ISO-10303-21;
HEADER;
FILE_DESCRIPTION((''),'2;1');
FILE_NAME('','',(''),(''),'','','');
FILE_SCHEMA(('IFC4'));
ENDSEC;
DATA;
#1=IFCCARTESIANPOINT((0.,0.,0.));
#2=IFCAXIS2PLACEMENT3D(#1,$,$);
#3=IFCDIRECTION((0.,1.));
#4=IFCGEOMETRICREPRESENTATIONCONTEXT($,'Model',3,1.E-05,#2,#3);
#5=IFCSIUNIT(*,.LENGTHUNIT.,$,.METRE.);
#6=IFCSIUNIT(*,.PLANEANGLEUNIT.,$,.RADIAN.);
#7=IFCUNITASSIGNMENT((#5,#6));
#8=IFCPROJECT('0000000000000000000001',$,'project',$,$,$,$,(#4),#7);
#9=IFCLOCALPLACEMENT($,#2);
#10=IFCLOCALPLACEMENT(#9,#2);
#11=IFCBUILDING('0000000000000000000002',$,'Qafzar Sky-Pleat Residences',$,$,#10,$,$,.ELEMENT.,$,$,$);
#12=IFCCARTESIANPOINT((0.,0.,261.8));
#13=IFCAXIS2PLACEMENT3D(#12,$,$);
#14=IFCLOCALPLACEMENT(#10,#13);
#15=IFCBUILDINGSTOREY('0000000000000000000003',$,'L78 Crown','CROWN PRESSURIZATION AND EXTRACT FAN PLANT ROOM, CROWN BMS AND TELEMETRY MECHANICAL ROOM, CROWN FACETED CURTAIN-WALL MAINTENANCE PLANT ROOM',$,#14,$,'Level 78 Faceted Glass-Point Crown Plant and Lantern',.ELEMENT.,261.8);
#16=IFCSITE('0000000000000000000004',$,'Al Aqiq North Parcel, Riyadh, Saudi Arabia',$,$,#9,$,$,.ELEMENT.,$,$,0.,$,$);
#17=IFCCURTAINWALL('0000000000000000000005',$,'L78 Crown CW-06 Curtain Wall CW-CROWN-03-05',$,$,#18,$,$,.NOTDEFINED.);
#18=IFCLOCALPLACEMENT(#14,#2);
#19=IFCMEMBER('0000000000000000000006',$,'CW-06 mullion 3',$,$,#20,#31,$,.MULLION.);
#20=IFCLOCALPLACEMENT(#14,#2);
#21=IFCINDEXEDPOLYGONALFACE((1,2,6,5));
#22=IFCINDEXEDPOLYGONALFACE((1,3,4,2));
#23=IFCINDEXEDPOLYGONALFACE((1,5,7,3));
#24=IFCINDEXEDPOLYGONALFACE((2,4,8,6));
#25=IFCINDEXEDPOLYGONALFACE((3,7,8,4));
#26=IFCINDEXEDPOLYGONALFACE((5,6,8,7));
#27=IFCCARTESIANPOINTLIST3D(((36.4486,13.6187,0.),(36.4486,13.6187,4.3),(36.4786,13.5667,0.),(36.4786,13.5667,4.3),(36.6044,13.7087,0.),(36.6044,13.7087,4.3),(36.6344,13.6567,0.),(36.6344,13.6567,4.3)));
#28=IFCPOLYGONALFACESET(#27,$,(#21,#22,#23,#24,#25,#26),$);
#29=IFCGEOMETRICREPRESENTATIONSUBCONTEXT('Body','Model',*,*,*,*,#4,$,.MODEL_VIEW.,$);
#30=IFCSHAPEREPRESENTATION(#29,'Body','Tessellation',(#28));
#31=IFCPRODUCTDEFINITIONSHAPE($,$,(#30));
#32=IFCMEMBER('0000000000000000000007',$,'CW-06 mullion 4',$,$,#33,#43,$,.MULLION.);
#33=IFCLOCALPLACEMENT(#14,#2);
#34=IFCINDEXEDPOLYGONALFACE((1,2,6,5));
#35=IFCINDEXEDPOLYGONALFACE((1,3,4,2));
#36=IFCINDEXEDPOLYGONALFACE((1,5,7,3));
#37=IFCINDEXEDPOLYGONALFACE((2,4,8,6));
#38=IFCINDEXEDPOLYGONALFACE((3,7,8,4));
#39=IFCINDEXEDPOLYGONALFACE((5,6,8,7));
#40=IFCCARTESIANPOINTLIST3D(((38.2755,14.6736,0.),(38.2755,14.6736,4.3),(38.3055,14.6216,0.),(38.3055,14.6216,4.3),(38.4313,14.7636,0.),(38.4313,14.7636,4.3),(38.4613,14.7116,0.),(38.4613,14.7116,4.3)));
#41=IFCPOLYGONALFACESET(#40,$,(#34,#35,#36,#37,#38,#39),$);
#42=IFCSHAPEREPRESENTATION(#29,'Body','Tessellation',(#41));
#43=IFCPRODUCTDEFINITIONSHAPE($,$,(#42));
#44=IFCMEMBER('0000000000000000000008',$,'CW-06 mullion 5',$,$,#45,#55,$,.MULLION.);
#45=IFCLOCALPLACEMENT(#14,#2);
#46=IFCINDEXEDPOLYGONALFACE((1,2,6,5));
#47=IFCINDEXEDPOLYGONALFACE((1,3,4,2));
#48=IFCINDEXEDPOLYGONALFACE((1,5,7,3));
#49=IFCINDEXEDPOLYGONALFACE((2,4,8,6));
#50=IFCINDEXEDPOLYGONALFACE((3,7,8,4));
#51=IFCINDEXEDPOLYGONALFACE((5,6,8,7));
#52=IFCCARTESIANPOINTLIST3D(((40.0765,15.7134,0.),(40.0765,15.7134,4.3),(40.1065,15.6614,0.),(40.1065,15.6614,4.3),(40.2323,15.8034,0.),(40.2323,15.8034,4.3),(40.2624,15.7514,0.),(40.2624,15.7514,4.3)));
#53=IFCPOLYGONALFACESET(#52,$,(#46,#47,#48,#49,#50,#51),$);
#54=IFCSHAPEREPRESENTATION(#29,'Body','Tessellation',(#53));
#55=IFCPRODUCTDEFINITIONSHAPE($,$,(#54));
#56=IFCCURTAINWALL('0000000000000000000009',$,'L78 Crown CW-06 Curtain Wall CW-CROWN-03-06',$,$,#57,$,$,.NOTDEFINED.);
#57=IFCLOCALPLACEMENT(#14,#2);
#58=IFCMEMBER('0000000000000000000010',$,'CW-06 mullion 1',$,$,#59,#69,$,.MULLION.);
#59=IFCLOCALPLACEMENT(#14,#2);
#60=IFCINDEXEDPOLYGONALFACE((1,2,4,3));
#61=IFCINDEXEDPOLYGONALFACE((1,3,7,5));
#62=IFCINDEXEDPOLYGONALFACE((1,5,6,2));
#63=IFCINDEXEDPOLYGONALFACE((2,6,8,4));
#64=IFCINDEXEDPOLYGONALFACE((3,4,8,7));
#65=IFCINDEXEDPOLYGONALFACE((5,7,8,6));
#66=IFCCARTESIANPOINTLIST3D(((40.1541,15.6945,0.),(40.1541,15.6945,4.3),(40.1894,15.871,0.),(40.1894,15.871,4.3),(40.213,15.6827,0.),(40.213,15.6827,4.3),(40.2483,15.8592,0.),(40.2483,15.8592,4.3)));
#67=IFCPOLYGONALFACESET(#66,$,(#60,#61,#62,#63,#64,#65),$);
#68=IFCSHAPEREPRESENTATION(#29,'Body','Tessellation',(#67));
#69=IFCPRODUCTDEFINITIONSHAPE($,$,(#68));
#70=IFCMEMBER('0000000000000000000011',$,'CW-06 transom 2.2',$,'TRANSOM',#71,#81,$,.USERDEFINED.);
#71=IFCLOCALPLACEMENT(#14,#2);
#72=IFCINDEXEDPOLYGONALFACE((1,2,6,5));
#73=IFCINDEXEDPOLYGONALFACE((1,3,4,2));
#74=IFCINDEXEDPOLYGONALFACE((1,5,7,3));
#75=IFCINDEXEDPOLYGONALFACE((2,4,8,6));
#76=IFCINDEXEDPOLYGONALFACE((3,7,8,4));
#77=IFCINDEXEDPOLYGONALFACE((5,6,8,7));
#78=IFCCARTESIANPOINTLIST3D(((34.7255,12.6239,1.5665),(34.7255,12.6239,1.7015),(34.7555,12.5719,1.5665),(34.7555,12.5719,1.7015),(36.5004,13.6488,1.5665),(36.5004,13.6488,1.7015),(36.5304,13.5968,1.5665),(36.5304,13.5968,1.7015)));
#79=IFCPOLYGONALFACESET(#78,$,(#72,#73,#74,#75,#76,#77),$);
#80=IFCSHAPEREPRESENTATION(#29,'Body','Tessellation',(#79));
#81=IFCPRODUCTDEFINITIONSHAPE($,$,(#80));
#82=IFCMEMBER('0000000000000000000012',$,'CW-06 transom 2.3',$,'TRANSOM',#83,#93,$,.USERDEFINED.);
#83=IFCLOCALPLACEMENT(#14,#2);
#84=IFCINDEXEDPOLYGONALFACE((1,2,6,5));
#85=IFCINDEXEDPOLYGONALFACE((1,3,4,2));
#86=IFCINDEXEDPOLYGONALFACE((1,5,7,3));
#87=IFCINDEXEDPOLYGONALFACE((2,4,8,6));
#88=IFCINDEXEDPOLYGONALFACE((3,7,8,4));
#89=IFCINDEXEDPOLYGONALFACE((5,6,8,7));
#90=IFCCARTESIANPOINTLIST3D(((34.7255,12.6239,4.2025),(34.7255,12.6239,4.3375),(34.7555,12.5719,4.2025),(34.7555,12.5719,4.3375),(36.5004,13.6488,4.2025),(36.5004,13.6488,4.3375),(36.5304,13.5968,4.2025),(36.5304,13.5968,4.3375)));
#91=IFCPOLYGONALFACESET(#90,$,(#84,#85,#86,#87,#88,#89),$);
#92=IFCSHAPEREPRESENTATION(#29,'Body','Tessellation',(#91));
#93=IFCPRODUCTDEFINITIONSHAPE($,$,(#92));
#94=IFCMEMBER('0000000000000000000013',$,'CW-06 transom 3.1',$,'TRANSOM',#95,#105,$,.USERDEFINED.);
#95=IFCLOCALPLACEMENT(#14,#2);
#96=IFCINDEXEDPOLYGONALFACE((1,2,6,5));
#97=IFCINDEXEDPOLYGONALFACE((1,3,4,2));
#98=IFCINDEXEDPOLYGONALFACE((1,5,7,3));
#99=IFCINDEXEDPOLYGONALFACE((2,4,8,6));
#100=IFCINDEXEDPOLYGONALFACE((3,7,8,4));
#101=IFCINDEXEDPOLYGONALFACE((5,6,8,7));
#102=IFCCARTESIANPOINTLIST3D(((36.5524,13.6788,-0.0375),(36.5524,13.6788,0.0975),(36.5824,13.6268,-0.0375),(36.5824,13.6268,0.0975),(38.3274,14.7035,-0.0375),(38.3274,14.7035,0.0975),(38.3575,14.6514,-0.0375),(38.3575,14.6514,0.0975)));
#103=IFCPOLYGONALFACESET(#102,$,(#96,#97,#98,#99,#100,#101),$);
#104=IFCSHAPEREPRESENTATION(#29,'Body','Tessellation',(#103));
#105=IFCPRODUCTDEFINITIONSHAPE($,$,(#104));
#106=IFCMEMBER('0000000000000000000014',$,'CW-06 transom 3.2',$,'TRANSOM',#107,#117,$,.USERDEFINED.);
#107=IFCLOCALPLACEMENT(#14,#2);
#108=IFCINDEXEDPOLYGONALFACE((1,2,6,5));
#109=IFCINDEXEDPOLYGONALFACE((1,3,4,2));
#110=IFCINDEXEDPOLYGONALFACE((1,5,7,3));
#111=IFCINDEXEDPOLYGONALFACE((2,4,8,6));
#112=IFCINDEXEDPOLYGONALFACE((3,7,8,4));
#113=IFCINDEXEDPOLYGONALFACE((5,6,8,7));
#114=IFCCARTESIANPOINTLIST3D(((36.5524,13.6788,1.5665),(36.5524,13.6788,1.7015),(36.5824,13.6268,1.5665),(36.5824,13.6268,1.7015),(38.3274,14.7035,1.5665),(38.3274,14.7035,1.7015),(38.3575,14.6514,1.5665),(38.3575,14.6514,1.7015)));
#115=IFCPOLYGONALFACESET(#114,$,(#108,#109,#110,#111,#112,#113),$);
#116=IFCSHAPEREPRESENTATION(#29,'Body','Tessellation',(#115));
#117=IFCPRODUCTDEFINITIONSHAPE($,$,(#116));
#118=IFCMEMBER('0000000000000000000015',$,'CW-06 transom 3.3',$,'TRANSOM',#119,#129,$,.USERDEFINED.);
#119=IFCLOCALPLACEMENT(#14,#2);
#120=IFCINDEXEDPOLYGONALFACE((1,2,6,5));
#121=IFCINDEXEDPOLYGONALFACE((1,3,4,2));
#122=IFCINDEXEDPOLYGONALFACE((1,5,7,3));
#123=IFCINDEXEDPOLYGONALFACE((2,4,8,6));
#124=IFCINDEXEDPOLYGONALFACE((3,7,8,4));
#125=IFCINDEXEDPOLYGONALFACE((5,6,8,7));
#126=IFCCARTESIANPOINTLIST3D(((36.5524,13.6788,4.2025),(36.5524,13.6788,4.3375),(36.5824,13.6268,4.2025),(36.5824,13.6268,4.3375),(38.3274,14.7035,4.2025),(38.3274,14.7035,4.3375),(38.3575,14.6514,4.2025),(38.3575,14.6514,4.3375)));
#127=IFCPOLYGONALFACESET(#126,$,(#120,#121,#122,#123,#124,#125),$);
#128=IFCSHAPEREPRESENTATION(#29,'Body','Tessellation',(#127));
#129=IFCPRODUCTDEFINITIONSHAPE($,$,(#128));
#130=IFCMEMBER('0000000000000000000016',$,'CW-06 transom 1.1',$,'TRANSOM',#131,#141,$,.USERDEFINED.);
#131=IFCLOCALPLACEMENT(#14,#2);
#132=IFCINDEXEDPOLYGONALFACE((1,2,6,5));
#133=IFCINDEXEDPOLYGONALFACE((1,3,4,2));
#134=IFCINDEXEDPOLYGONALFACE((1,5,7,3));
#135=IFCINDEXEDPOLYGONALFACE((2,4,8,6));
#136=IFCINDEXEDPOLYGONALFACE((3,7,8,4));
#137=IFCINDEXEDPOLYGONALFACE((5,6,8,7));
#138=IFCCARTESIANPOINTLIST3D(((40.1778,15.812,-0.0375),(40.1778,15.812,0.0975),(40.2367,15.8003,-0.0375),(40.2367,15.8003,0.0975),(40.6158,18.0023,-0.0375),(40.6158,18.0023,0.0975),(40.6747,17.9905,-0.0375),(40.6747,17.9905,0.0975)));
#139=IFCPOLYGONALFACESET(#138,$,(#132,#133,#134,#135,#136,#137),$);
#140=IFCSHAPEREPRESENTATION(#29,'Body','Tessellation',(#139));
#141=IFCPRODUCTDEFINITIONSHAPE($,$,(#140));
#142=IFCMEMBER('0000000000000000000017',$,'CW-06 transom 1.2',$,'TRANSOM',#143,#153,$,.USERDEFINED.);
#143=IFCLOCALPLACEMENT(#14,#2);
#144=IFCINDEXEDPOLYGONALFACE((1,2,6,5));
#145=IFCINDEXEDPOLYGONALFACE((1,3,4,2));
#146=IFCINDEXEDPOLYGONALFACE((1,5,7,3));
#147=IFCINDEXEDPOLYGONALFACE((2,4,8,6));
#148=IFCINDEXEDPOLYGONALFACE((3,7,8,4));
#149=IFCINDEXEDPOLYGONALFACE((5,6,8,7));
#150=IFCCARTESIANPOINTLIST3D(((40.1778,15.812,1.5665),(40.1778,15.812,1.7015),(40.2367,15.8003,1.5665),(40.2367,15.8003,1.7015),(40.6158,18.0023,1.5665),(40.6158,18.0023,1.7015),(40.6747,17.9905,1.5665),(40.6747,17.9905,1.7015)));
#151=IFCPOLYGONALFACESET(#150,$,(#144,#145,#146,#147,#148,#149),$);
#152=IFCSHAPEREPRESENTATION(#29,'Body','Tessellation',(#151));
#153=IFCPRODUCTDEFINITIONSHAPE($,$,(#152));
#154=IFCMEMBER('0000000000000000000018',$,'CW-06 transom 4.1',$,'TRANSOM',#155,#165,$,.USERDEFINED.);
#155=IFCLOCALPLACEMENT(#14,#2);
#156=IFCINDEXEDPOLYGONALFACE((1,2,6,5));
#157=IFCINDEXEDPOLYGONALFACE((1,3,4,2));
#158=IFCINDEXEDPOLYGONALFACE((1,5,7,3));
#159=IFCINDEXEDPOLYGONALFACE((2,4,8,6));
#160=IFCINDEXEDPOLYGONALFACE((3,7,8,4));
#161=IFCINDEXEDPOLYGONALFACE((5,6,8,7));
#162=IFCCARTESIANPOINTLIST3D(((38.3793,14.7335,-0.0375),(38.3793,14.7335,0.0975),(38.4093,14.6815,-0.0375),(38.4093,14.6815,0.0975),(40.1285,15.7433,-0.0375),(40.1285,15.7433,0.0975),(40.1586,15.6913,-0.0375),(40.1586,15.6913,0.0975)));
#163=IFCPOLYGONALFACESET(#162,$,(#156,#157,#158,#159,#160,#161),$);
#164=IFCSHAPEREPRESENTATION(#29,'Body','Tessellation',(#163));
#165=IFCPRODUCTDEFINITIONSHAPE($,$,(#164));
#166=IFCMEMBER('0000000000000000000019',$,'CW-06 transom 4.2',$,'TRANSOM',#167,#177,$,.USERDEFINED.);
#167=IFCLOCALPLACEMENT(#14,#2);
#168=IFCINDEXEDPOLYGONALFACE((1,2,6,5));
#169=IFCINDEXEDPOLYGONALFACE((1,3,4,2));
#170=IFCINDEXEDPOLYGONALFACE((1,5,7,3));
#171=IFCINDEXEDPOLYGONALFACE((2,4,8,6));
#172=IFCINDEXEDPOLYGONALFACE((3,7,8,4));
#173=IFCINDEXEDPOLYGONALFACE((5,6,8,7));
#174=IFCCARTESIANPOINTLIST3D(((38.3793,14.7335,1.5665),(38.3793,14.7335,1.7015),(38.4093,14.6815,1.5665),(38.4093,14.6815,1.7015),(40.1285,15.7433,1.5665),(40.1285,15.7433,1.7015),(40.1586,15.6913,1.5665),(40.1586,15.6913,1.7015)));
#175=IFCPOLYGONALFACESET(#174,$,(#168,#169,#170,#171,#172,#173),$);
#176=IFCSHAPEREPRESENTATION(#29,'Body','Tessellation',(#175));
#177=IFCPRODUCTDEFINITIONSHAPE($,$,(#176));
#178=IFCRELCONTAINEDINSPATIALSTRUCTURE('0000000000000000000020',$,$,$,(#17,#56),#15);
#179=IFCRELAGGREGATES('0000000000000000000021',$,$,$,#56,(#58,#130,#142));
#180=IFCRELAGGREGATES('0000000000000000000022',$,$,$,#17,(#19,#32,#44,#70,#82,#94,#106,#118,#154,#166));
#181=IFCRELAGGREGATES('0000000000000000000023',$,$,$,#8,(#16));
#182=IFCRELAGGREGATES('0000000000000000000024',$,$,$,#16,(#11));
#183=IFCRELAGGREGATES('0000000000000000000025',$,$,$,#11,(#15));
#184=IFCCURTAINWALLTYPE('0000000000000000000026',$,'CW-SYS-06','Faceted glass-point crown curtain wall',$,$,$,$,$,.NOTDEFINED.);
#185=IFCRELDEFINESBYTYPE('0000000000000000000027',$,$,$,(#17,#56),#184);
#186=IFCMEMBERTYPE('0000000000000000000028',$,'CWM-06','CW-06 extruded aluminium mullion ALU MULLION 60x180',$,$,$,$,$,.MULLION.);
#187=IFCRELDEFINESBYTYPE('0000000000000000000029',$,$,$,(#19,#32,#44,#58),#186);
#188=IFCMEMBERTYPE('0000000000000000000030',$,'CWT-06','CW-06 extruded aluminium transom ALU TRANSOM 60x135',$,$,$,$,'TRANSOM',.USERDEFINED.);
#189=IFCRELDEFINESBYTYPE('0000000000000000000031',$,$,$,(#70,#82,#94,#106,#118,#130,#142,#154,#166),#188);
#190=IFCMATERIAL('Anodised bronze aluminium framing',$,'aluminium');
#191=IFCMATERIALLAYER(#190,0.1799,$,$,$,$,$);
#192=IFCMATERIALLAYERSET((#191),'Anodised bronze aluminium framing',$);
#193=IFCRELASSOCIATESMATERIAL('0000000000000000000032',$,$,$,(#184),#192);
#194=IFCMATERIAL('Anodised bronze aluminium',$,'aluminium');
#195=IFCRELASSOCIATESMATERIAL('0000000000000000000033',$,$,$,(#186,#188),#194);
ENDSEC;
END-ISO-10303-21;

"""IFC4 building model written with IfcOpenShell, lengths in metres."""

from ifc_helpers import new_model, si_unit, direction, frame, origin, origin_2d, place, context, subcontext, project, spatial, rectangle, extrude, source, transform, mapped, material, layer, layer_set, material_profile, profile_set, type_object, element, aggregate, save


model = new_model("IFC4")

# Units and contexts
model_context = context("Model", 3, precision=1e-05, world=origin(), true_north=direction((0.0, 1.0)))
body_context = subcontext(model_context, "Body", "Model", "MODEL_VIEW")
ifc_project = project(units=[si_unit("LENGTHUNIT", "METRE"), si_unit("PLANEANGLEUNIT", "RADIAN")], contexts=[model_context])

# Site, building, storey
site_placement = place(None, origin())
site = spatial("IfcSite", under=ifc_project, at=site_placement, Name="Al Aqiq North Parcel, Riyadh, Saudi Arabia", CompositionType="ELEMENT", RefElevation=0.0)
building_placement = place(site_placement, origin())
building = spatial("IfcBuilding", under=site, at=building_placement, Name="Qafzar Sky-Pleat Residences", CompositionType="ELEMENT")
storey_placement = place(building_placement, frame((0.0, 0.0, 261.8)))
storey = spatial("IfcBuildingStorey", under=building, at=storey_placement, Name="L78 Crown", Description="CROWN PRESSURIZATION AND EXTRACT FAN PLANT ROOM, CROWN BMS AND TELEMETRY MECHANICAL ROOM, CROWN FACETED CURTAIN-WALL MAINTENANCE PLANT ROOM", LongName="Level 78 Faceted Glass-Point Crown Plant and Lantern", CompositionType="ELEMENT", Elevation=261.8)

# Curtain wall, members
ifc_material_1 = material(Name="Anodised bronze aluminium framing", Category="aluminium")
ifc_layer_1 = layer(ifc_material_1, 0.1799)
ifc_layer_set_1 = layer_set([ifc_layer_1], Name="Anodised bronze aluminium framing")
curtain_wall_type = type_object("IfcCurtainWallType", Name="CW-SYS-06", Description="Faceted glass-point crown curtain wall", PredefinedType="NOTDEFINED", material=ifc_layer_set_1)
curtain_wall_1_placement = place(storey_placement, origin())
curtain_wall_1 = element("IfcCurtainWall", 1, at=curtain_wall_1_placement, inside=storey, type_object=curtain_wall_type, Name="L78 Crown CW-06 Curtain Wall CW-CROWN-03-05", PredefinedType="NOTDEFINED")
ifc_material_2 = material(Name="Anodised bronze aluminium", Category="aluminium")
ifc_material_profile_1 = material_profile(ifc_material_2, rectangle(XDim=0.0601, YDim=0.1799, at=origin_2d()), Name="ALU MULLION 60x180")
ifc_profile_set_1 = profile_set([ifc_material_profile_1], Name="Anodised bronze aluminium")
member_type_1 = type_object("IfcMemberType", Name="CWM-06", Description="CW-06 extruded aluminium mullion ALU MULLION 60x180", PredefinedType="MULLION", material=ifc_profile_set_1)
shared_shape_1 = source(origin(), body_context, "Body", "SweptSolid", [
    extrude(rectangle(XDim=0.0601, YDim=0.1799, at=origin_2d()), origin(), (0.0, 0.0, 1.0), 4.3),
])
member_1_placement = place(storey_placement, frame((36.5415, 13.6377, 0.0), z_axis=(0.0, 0.0, 1.0), x_axis=(-0.500002, 0.866024, 0.0)))
member_1 = element("IfcMember", 2, at=member_1_placement, type_object=member_type_1, Name="CW-06 mullion 3", PredefinedType="MULLION", context=body_context, shape_type="MappedRepresentation", body=[
    mapped(shared_shape_1, transform((0.0, 0.0, 0.0), x_axis=(1.0, 0.0, 0.0), y_axis=(0.0, 1.0, 0.0), z_axis=(0.0, 0.0, 1.0), scale=1.0)),
])
member_2_placement = place(storey_placement, frame((38.3684, 14.6926, 0.0), z_axis=(0.0, 0.0, 1.0), x_axis=(-0.500002, 0.866024, 0.0)))
member_2 = element("IfcMember", 3, at=member_2_placement, type_object=member_type_1, Name="CW-06 mullion 4", PredefinedType="MULLION", context=body_context, shape_type="MappedRepresentation", body=[
    mapped(shared_shape_1, transform((0.0, 0.0, 0.0), x_axis=(1.0, 0.0, 0.0), y_axis=(0.0, 1.0, 0.0), z_axis=(0.0, 0.0, 1.0), scale=1.0)),
])
member_3_placement = place(storey_placement, frame((40.1694, 15.7324, 0.0), z_axis=(0.0, 0.0, 1.0), x_axis=(-0.500002, 0.866024, 0.0)))
member_3 = element("IfcMember", 4, at=member_3_placement, type_object=member_type_1, Name="CW-06 mullion 5", PredefinedType="MULLION", context=body_context, shape_type="MappedRepresentation", body=[
    mapped(shared_shape_1, transform((0.0, 0.0, 0.0), x_axis=(1.0, 0.0, 0.0), y_axis=(0.0, 1.0, 0.0), z_axis=(0.0, 0.0, 1.0), scale=1.0)),
])

# Curtain wall, member
curtain_wall_2_placement = place(storey_placement, origin())
curtain_wall_2 = element("IfcCurtainWall", 5, at=curtain_wall_2_placement, inside=storey, type_object=curtain_wall_type, Name="L78 Crown CW-06 Curtain Wall CW-CROWN-03-06", PredefinedType="NOTDEFINED")
member_4_placement = place(storey_placement, frame((40.2012, 15.7769, 0.0), z_axis=(0.0, 0.0, 1.0), x_axis=(-0.980581, 0.196113, 0.0)))
member_4 = element("IfcMember", 6, at=member_4_placement, type_object=member_type_1, Name="CW-06 mullion 1", PredefinedType="MULLION", context=body_context, shape_type="MappedRepresentation", body=[
    mapped(shared_shape_1, transform((0.0, 0.0, 0.0), x_axis=(1.0, 0.0, 0.0), y_axis=(0.0, 1.0, 0.0), z_axis=(0.0, 0.0, 1.0), scale=1.0)),
])

# Members
ifc_material_profile_2 = material_profile(ifc_material_2, rectangle(XDim=0.0601, YDim=0.135, at=origin_2d()), Name="ALU TRANSOM 60x135")
ifc_profile_set_2 = profile_set([ifc_material_profile_2], Name="Anodised bronze aluminium")
member_type_2 = type_object("IfcMemberType", Name="CWT-06", Description="CW-06 extruded aluminium transom ALU TRANSOM 60x135", ElementType="TRANSOM", PredefinedType="USERDEFINED", material=ifc_profile_set_2)
shared_shape_2 = source(origin(), body_context, "Body", "SweptSolid", [
    extrude(rectangle(XDim=0.0601, YDim=0.135, at=origin_2d()), origin(), (0.0, 0.0, 1.0), 2.0496),
])
member_5_placement = place(storey_placement, frame((34.7405, 12.5979, 1.634), z_axis=(0.865991, 0.500059, 0.0), x_axis=(-0.500059, 0.865991, 0.0)))
member_5 = element("IfcMember", 7, at=member_5_placement, type_object=member_type_2, Name="CW-06 transom 2.2", ObjectType="TRANSOM", PredefinedType="USERDEFINED", context=body_context, shape_type="MappedRepresentation", body=[
    mapped(shared_shape_2, transform((0.0, 0.0, 0.0), x_axis=(1.0, 0.0, 0.0), y_axis=(0.0, 1.0, 0.0), z_axis=(0.0, 0.0, 1.0), scale=1.0)),
])
member_6_placement = place(storey_placement, frame((34.7405, 12.5979, 4.27), z_axis=(0.865991, 0.500059, 0.0), x_axis=(-0.500059, 0.865991, 0.0)))
member_6 = element("IfcMember", 8, at=member_6_placement, type_object=member_type_2, Name="CW-06 transom 2.3", ObjectType="TRANSOM", PredefinedType="USERDEFINED", context=body_context, shape_type="MappedRepresentation", body=[
    mapped(shared_shape_2, transform((0.0, 0.0, 0.0), x_axis=(1.0, 0.0, 0.0), y_axis=(0.0, 1.0, 0.0), z_axis=(0.0, 0.0, 1.0), scale=1.0)),
])
member_7_placement = place(storey_placement, frame((36.5674, 13.6528, 0.03), z_axis=(0.866073, 0.499918, 0.0), x_axis=(-0.499918, 0.866073, 0.0)))
member_7 = element("IfcMember", 9, at=member_7_placement, type_object=member_type_2, Name="CW-06 transom 3.1", ObjectType="TRANSOM", PredefinedType="USERDEFINED", context=body_context, shape_type="MappedRepresentation", body=[
    mapped(shared_shape_2, transform((0.0, 0.0, 0.0), x_axis=(1.0, 0.0, 0.0), y_axis=(0.0, 1.0, 0.0), z_axis=(0.0, 0.0, 1.0), scale=1.0)),
])
member_8_placement = place(storey_placement, frame((36.5674, 13.6528, 1.634), z_axis=(0.866073, 0.499918, 0.0), x_axis=(-0.499918, 0.866073, 0.0)))
member_8 = element("IfcMember", 10, at=member_8_placement, type_object=member_type_2, Name="CW-06 transom 3.2", ObjectType="TRANSOM", PredefinedType="USERDEFINED", context=body_context, shape_type="MappedRepresentation", body=[
    mapped(shared_shape_2, transform((0.0, 0.0, 0.0), x_axis=(1.0, 0.0, 0.0), y_axis=(0.0, 1.0, 0.0), z_axis=(0.0, 0.0, 1.0), scale=1.0)),
])
member_9_placement = place(storey_placement, frame((36.5674, 13.6528, 4.27), z_axis=(0.866073, 0.499918, 0.0), x_axis=(-0.499918, 0.866073, 0.0)))
member_9 = element("IfcMember", 11, at=member_9_placement, type_object=member_type_2, Name="CW-06 transom 3.3", ObjectType="TRANSOM", PredefinedType="USERDEFINED", context=body_context, shape_type="MappedRepresentation", body=[
    mapped(shared_shape_2, transform((0.0, 0.0, 0.0), x_axis=(1.0, 0.0, 0.0), y_axis=(0.0, 1.0, 0.0), z_axis=(0.0, 0.0, 1.0), scale=1.0)),
])
shared_shape_3 = source(origin(), body_context, "Body", "SweptSolid", [
    extrude(rectangle(XDim=0.0601, YDim=0.135, at=origin_2d()), origin(), (0.0, 0.0, 1.0), 2.2336),
])
member_10_placement = place(storey_placement, frame((40.2073, 15.8062, 0.03), z_axis=(0.196095, 0.980585, 0.0), x_axis=(-0.980585, 0.196095, 0.0)))
member_10 = element("IfcMember", 12, at=member_10_placement, type_object=member_type_2, Name="CW-06 transom 1.1", ObjectType="TRANSOM", PredefinedType="USERDEFINED", context=body_context, shape_type="MappedRepresentation", body=[
    mapped(shared_shape_3, transform((0.0, 0.0, 0.0), x_axis=(1.0, 0.0, 0.0), y_axis=(0.0, 1.0, 0.0), z_axis=(0.0, 0.0, 1.0), scale=1.0)),
])
member_11_placement = place(storey_placement, frame((40.2073, 15.8062, 1.634), z_axis=(0.196095, 0.980585, 0.0), x_axis=(-0.980585, 0.196095, 0.0)))
member_11 = element("IfcMember", 13, at=member_11_placement, type_object=member_type_2, Name="CW-06 transom 1.2", ObjectType="TRANSOM", PredefinedType="USERDEFINED", context=body_context, shape_type="MappedRepresentation", body=[
    mapped(shared_shape_3, transform((0.0, 0.0, 0.0), x_axis=(1.0, 0.0, 0.0), y_axis=(0.0, 1.0, 0.0), z_axis=(0.0, 0.0, 1.0), scale=1.0)),
])
aggregate(curtain_wall_2, [member_4, member_10, member_11])
shared_shape_4 = source(origin(), body_context, "Body", "SweptSolid", [
    extrude(rectangle(XDim=0.0601, YDim=0.135, at=origin_2d()), origin(), (0.0, 0.0, 1.0), 2.0198),
])
member_12_placement = place(storey_placement, frame((38.3943, 14.7075, 0.03), z_axis=(0.866063, 0.499935, 0.0), x_axis=(-0.499935, 0.866063, 0.0)))
member_12 = element("IfcMember", 14, at=member_12_placement, type_object=member_type_2, Name="CW-06 transom 4.1", ObjectType="TRANSOM", PredefinedType="USERDEFINED", context=body_context, shape_type="MappedRepresentation", body=[
    mapped(shared_shape_4, transform((0.0, 0.0, 0.0), x_axis=(1.0, 0.0, 0.0), y_axis=(0.0, 1.0, 0.0), z_axis=(0.0, 0.0, 1.0), scale=1.0)),
])
member_13_placement = place(storey_placement, frame((38.3943, 14.7075, 1.634), z_axis=(0.866063, 0.499935, 0.0), x_axis=(-0.499935, 0.866063, 0.0)))
member_13 = element("IfcMember", 15, at=member_13_placement, type_object=member_type_2, Name="CW-06 transom 4.2", ObjectType="TRANSOM", PredefinedType="USERDEFINED", context=body_context, shape_type="MappedRepresentation", body=[
    mapped(shared_shape_4, transform((0.0, 0.0, 0.0), x_axis=(1.0, 0.0, 0.0), y_axis=(0.0, 1.0, 0.0), z_axis=(0.0, 0.0, 1.0), scale=1.0)),
])

aggregate(curtain_wall_1, [member_1, member_2, member_3, member_5, member_6, member_7, member_8, member_9, member_12, member_13])

save(model, "model.ifc")
